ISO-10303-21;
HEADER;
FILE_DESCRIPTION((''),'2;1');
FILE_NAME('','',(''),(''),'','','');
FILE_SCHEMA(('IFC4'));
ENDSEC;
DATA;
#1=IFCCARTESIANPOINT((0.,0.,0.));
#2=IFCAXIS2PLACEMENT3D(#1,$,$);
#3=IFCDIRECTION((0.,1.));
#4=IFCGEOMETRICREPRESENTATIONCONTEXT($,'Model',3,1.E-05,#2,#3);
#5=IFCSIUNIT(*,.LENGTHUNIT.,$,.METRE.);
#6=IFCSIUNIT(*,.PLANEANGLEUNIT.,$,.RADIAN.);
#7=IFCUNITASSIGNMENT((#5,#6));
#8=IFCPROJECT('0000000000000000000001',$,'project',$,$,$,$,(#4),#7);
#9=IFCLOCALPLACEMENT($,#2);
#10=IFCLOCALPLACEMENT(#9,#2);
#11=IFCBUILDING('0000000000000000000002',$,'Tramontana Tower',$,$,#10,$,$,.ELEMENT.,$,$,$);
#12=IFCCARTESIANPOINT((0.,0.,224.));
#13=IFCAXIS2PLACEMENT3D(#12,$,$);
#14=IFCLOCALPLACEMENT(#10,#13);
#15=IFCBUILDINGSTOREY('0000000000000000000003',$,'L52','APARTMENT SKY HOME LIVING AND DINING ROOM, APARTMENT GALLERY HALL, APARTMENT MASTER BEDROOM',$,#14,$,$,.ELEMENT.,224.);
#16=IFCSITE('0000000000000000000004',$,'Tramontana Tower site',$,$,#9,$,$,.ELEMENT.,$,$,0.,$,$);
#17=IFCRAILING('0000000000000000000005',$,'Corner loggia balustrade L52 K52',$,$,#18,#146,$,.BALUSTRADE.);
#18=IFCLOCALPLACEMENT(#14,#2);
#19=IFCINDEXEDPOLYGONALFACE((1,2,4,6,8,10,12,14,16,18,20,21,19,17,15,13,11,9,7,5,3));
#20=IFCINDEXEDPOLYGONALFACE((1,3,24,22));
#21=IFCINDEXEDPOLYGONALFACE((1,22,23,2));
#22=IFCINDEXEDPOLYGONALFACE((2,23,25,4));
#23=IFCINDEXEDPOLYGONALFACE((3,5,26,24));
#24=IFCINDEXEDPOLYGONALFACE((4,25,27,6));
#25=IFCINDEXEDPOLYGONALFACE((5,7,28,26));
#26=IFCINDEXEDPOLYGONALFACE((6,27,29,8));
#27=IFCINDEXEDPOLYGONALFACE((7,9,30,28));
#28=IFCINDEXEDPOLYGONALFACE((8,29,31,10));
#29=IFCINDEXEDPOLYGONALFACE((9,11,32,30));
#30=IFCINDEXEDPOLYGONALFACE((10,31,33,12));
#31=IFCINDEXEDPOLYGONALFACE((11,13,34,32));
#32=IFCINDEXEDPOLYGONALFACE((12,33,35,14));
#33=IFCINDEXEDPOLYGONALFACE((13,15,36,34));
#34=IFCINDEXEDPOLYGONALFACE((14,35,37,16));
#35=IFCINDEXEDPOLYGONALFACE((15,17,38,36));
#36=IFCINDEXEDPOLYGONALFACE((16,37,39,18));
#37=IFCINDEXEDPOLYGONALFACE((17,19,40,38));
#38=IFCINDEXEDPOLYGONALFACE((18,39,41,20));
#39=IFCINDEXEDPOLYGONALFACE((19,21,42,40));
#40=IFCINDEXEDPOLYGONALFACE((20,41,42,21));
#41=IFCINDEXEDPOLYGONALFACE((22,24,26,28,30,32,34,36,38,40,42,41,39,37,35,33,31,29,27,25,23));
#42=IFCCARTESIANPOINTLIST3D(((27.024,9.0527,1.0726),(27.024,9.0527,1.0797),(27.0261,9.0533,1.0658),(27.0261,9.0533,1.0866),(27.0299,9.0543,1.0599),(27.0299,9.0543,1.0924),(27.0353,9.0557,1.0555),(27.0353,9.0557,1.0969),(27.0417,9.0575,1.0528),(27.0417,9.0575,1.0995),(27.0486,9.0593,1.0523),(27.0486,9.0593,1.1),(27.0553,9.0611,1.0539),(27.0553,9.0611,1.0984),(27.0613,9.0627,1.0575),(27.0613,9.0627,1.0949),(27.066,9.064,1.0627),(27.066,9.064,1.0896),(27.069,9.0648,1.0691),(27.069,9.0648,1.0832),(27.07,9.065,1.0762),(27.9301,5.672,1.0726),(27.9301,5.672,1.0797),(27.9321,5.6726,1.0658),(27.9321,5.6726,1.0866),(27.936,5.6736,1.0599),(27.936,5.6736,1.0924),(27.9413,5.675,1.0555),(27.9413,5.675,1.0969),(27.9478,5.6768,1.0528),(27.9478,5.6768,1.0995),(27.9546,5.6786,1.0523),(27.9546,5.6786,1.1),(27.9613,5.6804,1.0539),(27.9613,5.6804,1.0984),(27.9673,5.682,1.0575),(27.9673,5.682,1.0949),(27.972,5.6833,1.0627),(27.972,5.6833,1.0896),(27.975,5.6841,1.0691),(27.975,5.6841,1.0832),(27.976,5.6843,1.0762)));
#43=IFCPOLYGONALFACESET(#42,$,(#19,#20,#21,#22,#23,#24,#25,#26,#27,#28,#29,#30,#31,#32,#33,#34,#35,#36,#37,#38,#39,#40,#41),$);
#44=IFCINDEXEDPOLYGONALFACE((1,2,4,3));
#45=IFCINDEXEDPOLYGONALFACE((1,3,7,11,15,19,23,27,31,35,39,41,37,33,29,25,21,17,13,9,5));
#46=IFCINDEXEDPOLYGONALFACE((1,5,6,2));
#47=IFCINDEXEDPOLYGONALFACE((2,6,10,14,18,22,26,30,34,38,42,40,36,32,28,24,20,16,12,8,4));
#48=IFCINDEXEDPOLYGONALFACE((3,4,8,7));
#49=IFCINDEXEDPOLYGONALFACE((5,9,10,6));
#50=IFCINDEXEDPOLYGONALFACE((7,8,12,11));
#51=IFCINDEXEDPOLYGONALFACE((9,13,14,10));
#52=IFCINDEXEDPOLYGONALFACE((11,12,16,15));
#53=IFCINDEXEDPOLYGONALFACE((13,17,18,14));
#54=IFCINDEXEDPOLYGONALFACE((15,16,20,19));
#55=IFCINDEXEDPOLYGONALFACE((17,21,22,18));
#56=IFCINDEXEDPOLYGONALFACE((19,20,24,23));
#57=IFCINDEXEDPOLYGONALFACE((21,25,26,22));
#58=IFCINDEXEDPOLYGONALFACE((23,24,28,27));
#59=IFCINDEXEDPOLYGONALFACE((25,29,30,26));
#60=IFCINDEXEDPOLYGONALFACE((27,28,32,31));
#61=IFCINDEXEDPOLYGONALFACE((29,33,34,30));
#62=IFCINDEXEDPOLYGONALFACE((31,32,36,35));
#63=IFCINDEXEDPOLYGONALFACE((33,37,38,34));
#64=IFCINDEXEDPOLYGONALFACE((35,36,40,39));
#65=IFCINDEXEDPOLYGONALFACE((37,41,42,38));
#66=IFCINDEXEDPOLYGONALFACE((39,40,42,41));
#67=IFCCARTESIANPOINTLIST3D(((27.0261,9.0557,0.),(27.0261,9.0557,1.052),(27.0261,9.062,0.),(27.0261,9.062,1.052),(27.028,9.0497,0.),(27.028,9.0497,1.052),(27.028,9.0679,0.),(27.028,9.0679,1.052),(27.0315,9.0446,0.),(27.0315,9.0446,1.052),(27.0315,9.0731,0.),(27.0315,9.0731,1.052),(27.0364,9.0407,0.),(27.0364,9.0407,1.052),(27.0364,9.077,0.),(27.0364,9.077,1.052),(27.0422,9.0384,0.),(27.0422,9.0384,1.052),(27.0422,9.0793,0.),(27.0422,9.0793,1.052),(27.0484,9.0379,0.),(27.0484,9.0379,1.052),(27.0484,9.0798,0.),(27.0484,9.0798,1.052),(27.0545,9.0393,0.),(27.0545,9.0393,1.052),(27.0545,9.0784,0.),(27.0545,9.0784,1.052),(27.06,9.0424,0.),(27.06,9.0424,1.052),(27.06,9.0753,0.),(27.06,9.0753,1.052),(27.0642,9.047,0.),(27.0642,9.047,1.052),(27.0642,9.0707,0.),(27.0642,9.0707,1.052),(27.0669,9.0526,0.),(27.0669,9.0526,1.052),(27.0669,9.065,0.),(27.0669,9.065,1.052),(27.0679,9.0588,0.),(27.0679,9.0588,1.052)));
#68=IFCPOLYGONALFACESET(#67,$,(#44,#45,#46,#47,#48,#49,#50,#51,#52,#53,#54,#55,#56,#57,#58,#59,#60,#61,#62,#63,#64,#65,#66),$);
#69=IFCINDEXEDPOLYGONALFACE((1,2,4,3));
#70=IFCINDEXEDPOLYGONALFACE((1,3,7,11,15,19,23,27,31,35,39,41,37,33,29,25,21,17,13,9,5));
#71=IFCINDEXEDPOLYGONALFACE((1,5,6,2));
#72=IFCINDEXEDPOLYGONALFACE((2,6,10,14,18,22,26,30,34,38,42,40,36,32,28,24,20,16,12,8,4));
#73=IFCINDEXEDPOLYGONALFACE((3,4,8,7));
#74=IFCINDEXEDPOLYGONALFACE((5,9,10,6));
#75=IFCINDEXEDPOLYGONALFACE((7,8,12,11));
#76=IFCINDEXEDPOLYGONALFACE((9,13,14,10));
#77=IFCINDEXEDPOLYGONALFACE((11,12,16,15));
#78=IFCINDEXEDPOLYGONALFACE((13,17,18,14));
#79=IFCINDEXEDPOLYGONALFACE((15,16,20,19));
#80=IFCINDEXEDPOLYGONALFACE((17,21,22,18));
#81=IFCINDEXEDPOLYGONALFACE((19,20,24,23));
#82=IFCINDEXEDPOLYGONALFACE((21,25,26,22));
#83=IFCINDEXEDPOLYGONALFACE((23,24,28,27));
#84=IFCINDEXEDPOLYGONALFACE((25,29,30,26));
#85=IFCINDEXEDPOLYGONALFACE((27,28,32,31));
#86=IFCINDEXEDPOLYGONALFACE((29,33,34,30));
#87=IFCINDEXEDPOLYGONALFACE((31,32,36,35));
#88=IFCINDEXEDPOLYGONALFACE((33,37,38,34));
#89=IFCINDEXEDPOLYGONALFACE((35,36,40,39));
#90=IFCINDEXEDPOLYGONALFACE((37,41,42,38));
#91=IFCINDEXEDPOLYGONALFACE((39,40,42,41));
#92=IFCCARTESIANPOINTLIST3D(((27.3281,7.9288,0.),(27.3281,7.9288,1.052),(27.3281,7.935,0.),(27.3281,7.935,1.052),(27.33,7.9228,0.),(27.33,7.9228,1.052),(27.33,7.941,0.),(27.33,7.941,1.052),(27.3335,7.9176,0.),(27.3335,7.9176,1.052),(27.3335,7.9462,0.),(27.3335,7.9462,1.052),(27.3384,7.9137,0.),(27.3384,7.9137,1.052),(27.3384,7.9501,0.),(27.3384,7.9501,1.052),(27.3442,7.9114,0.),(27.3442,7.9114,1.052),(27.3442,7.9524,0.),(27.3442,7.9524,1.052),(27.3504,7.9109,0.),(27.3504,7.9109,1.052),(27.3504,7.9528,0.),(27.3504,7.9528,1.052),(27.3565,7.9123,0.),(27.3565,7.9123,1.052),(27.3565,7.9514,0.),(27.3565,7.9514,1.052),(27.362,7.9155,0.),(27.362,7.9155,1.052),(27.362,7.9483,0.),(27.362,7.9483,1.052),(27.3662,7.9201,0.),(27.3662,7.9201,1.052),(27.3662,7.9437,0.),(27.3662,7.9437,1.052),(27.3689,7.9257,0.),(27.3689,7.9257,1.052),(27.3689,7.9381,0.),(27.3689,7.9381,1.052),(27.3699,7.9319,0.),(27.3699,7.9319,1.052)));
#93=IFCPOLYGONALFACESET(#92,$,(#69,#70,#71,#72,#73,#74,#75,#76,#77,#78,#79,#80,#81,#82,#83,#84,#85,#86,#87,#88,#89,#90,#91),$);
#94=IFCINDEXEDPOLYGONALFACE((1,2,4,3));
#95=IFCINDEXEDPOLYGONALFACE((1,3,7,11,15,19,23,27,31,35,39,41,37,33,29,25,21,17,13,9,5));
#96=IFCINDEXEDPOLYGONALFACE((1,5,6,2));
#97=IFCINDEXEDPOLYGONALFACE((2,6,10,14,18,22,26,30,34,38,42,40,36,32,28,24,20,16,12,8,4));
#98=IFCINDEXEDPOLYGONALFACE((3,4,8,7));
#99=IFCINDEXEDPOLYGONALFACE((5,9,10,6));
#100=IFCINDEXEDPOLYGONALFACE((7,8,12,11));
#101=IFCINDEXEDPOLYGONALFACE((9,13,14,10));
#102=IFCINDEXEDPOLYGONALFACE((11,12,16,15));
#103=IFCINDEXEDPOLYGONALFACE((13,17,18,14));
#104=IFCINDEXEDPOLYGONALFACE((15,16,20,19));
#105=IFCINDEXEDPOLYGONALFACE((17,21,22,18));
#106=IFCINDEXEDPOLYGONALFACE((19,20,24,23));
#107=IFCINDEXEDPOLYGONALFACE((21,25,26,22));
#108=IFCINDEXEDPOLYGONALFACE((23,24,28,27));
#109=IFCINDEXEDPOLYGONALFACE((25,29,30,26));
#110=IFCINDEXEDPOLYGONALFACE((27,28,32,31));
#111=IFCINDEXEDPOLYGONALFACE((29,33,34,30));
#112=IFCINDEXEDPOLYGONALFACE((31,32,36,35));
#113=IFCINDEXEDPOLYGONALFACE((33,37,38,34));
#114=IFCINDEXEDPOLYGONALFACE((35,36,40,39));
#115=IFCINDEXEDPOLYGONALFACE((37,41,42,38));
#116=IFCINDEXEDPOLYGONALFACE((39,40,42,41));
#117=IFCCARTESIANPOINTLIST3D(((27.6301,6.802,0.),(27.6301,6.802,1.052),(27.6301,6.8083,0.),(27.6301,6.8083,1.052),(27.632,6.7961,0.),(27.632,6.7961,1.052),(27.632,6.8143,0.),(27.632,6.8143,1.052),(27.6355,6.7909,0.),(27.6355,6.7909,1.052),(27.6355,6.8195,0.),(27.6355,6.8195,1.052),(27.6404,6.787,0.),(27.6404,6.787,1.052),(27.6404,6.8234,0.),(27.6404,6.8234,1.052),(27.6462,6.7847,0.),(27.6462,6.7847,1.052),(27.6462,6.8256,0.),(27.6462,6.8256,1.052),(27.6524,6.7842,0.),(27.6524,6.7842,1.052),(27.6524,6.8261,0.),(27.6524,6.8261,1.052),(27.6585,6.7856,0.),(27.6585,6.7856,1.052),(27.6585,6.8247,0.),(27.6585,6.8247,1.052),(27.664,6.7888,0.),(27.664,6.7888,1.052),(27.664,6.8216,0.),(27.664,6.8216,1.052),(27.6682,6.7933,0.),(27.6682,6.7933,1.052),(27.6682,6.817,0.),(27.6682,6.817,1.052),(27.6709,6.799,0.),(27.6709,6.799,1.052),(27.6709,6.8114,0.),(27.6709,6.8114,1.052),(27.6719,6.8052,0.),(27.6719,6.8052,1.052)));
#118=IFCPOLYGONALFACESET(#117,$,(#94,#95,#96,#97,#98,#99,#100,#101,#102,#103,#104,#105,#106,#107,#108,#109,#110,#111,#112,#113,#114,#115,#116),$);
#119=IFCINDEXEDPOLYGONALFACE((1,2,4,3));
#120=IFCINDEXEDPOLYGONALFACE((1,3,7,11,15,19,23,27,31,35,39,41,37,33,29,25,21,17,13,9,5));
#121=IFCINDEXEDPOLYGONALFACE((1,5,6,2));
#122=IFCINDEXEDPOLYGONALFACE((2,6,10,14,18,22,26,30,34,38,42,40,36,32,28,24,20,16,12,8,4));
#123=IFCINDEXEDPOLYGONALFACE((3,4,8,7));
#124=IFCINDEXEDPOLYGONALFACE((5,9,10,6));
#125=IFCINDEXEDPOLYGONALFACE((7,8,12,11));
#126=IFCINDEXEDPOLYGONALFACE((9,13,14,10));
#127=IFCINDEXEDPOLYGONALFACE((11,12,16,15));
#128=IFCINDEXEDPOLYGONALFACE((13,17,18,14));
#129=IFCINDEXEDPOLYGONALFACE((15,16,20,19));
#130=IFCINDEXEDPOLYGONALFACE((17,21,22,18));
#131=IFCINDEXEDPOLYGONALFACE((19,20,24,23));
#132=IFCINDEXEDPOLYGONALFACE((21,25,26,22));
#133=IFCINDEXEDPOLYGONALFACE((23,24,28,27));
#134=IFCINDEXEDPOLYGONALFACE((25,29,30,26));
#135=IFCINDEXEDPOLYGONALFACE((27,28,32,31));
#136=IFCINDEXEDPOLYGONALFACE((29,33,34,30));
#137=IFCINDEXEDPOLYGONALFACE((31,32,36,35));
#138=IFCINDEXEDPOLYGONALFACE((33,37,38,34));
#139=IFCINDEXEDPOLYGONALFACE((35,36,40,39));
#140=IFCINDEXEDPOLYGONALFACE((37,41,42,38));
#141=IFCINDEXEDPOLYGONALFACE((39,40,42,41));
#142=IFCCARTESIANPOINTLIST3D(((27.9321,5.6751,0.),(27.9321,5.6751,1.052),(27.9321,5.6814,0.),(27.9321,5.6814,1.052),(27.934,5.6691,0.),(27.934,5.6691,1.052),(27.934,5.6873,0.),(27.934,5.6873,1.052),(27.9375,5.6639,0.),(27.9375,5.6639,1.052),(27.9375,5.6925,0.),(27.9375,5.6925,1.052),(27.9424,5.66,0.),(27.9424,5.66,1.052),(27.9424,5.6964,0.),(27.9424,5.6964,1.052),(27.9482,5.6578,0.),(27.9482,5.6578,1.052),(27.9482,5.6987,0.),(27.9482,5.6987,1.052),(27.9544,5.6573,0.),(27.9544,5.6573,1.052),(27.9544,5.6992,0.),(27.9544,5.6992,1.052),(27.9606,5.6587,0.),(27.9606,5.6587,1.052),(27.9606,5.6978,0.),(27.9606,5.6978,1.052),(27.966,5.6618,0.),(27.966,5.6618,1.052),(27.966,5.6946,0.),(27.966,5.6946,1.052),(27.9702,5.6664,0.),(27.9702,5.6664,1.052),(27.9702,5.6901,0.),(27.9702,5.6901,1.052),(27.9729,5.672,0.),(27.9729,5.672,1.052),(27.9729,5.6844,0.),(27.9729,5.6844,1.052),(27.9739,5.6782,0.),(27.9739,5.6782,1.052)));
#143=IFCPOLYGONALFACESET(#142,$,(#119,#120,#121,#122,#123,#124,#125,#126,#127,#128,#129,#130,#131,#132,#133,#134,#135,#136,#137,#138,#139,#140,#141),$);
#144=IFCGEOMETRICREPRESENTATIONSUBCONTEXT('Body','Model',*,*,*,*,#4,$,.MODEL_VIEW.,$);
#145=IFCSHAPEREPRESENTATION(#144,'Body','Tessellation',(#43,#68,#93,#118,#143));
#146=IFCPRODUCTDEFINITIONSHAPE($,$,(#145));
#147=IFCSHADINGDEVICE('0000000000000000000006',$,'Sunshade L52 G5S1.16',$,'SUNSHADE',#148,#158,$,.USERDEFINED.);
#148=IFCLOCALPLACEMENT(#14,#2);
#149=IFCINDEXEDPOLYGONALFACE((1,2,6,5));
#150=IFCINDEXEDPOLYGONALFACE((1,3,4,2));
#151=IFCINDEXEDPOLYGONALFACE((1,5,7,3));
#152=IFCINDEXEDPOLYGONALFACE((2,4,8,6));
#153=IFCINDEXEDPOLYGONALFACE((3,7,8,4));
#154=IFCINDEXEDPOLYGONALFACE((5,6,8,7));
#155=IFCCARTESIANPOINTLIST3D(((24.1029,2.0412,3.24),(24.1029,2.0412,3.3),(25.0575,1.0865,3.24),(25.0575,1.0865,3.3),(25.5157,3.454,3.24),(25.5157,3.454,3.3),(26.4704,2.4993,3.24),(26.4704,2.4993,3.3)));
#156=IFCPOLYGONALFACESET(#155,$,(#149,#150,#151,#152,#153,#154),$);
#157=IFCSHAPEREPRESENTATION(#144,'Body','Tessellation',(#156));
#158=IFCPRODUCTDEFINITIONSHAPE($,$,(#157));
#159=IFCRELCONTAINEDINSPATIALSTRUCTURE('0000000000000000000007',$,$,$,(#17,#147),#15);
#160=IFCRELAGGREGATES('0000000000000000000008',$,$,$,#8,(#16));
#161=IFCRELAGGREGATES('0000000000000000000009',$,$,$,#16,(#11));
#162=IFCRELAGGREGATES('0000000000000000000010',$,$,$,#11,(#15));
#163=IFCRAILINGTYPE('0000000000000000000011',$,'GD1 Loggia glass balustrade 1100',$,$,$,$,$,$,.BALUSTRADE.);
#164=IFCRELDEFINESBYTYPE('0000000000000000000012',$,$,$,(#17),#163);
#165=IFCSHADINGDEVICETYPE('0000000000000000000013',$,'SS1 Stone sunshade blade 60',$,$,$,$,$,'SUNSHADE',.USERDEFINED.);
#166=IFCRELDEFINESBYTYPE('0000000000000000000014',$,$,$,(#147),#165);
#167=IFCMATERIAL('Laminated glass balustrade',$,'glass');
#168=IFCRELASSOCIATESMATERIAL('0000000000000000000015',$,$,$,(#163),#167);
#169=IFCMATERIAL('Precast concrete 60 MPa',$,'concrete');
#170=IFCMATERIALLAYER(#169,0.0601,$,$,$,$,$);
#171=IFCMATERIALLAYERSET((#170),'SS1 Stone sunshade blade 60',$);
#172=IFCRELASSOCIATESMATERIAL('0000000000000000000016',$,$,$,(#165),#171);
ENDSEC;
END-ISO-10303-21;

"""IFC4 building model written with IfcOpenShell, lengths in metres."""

from ifc_helpers import new_model, si_unit, direction, frame, origin, origin_2d, place, context, subcontext, project, spatial, rectangle, circle, extrude, material, layer, layer_set, type_object, element, save


model = new_model("IFC4")

# Units and contexts
model_context = context("Model", 3, precision=1e-05, world=origin(), true_north=direction((0.0, 1.0)))
body_context = subcontext(model_context, "Body", "Model", "MODEL_VIEW")
ifc_project = project(units=[si_unit("LENGTHUNIT", "METRE"), si_unit("PLANEANGLEUNIT", "RADIAN")], contexts=[model_context])

# Site, building, storey
site_placement = place(None, origin())
site = spatial("IfcSite", under=ifc_project, at=site_placement, Name="Tramontana Tower site", CompositionType="ELEMENT", RefElevation=0.0)
building_placement = place(site_placement, origin())
building = spatial("IfcBuilding", under=site, at=building_placement, Name="Tramontana Tower", CompositionType="ELEMENT")
storey_placement = place(building_placement, frame((0.0, 0.0, 224.0)))
storey = spatial("IfcBuildingStorey", under=building, at=storey_placement, Name="L52", Description="APARTMENT SKY HOME LIVING AND DINING ROOM, APARTMENT GALLERY HALL, APARTMENT MASTER BEDROOM", CompositionType="ELEMENT", Elevation=224.0)

# Railing
ifc_material_1 = material(Name="Laminated glass balustrade", Category="glass")
railing_type = type_object("IfcRailingType", Name="GD1 Loggia glass balustrade 1100", PredefinedType="BALUSTRADE", material=ifc_material_1)
railing_1_placement = place(storey_placement, frame((27.0469, 9.0588, 0.0)))
element("IfcRailing", 1, at=railing_1_placement, inside=storey, type_object=railing_type, Name="Corner loggia balustrade L52 K52", PredefinedType="BALUSTRADE", context=body_context, shape_type="SweptSolid", body=[
    extrude(circle(Radius=0.0239, at=origin_2d()), frame((0.0, 0.0, 1.0762), z_axis=(0.258865, -0.965913, 0.0), x_axis=(0.965913, 0.258865, 0.0)), (0.0, 0.0, 1.0), 3.5),
    extrude(circle(Radius=0.021, at=origin_2d()), origin(), (0.0, 0.0, 1.0), 1.052),
    extrude(circle(Radius=0.021, at=origin_2d()), frame((0.302, -1.127, 0.0)), (0.0, 0.0, 1.0), 1.052),
    extrude(circle(Radius=0.021, at=origin_2d()), frame((0.604, -2.2537, 0.0)), (0.0, 0.0, 1.0), 1.052),
    extrude(circle(Radius=0.021, at=origin_2d()), frame((0.906, -3.3806, 0.0)), (0.0, 0.0, 1.0), 1.052),
])

# Shading device
ifc_material_2 = material(Name="Precast concrete 60 MPa", Category="concrete")
ifc_layer_1 = layer(ifc_material_2, 0.0601)
ifc_layer_set_1 = layer_set([ifc_layer_1], Name="SS1 Stone sunshade blade 60")
shading_device_type = type_object("IfcShadingDeviceType", Name="SS1 Stone sunshade blade 60", ElementType="SUNSHADE", PredefinedType="USERDEFINED", material=ifc_layer_set_1)
shading_device_placement = place(storey_placement, frame((25.2866, 2.2703, 3.24), z_axis=(0.0, 0.0, 1.0), x_axis=(0.707107, 0.707107, 0.0)))
element("IfcShadingDevice", 2, at=shading_device_placement, inside=storey, type_object=shading_device_type, Name="Sunshade L52 G5S1.16", ObjectType="SUNSHADE", PredefinedType="USERDEFINED", context=body_context, shape_type="SweptSolid", body=[
    extrude(rectangle(XDim=1.998, YDim=1.3501, at=origin_2d()), origin(), (0.0, 0.0, 1.0), 0.0601),
])

save(model, "model.ifc")
